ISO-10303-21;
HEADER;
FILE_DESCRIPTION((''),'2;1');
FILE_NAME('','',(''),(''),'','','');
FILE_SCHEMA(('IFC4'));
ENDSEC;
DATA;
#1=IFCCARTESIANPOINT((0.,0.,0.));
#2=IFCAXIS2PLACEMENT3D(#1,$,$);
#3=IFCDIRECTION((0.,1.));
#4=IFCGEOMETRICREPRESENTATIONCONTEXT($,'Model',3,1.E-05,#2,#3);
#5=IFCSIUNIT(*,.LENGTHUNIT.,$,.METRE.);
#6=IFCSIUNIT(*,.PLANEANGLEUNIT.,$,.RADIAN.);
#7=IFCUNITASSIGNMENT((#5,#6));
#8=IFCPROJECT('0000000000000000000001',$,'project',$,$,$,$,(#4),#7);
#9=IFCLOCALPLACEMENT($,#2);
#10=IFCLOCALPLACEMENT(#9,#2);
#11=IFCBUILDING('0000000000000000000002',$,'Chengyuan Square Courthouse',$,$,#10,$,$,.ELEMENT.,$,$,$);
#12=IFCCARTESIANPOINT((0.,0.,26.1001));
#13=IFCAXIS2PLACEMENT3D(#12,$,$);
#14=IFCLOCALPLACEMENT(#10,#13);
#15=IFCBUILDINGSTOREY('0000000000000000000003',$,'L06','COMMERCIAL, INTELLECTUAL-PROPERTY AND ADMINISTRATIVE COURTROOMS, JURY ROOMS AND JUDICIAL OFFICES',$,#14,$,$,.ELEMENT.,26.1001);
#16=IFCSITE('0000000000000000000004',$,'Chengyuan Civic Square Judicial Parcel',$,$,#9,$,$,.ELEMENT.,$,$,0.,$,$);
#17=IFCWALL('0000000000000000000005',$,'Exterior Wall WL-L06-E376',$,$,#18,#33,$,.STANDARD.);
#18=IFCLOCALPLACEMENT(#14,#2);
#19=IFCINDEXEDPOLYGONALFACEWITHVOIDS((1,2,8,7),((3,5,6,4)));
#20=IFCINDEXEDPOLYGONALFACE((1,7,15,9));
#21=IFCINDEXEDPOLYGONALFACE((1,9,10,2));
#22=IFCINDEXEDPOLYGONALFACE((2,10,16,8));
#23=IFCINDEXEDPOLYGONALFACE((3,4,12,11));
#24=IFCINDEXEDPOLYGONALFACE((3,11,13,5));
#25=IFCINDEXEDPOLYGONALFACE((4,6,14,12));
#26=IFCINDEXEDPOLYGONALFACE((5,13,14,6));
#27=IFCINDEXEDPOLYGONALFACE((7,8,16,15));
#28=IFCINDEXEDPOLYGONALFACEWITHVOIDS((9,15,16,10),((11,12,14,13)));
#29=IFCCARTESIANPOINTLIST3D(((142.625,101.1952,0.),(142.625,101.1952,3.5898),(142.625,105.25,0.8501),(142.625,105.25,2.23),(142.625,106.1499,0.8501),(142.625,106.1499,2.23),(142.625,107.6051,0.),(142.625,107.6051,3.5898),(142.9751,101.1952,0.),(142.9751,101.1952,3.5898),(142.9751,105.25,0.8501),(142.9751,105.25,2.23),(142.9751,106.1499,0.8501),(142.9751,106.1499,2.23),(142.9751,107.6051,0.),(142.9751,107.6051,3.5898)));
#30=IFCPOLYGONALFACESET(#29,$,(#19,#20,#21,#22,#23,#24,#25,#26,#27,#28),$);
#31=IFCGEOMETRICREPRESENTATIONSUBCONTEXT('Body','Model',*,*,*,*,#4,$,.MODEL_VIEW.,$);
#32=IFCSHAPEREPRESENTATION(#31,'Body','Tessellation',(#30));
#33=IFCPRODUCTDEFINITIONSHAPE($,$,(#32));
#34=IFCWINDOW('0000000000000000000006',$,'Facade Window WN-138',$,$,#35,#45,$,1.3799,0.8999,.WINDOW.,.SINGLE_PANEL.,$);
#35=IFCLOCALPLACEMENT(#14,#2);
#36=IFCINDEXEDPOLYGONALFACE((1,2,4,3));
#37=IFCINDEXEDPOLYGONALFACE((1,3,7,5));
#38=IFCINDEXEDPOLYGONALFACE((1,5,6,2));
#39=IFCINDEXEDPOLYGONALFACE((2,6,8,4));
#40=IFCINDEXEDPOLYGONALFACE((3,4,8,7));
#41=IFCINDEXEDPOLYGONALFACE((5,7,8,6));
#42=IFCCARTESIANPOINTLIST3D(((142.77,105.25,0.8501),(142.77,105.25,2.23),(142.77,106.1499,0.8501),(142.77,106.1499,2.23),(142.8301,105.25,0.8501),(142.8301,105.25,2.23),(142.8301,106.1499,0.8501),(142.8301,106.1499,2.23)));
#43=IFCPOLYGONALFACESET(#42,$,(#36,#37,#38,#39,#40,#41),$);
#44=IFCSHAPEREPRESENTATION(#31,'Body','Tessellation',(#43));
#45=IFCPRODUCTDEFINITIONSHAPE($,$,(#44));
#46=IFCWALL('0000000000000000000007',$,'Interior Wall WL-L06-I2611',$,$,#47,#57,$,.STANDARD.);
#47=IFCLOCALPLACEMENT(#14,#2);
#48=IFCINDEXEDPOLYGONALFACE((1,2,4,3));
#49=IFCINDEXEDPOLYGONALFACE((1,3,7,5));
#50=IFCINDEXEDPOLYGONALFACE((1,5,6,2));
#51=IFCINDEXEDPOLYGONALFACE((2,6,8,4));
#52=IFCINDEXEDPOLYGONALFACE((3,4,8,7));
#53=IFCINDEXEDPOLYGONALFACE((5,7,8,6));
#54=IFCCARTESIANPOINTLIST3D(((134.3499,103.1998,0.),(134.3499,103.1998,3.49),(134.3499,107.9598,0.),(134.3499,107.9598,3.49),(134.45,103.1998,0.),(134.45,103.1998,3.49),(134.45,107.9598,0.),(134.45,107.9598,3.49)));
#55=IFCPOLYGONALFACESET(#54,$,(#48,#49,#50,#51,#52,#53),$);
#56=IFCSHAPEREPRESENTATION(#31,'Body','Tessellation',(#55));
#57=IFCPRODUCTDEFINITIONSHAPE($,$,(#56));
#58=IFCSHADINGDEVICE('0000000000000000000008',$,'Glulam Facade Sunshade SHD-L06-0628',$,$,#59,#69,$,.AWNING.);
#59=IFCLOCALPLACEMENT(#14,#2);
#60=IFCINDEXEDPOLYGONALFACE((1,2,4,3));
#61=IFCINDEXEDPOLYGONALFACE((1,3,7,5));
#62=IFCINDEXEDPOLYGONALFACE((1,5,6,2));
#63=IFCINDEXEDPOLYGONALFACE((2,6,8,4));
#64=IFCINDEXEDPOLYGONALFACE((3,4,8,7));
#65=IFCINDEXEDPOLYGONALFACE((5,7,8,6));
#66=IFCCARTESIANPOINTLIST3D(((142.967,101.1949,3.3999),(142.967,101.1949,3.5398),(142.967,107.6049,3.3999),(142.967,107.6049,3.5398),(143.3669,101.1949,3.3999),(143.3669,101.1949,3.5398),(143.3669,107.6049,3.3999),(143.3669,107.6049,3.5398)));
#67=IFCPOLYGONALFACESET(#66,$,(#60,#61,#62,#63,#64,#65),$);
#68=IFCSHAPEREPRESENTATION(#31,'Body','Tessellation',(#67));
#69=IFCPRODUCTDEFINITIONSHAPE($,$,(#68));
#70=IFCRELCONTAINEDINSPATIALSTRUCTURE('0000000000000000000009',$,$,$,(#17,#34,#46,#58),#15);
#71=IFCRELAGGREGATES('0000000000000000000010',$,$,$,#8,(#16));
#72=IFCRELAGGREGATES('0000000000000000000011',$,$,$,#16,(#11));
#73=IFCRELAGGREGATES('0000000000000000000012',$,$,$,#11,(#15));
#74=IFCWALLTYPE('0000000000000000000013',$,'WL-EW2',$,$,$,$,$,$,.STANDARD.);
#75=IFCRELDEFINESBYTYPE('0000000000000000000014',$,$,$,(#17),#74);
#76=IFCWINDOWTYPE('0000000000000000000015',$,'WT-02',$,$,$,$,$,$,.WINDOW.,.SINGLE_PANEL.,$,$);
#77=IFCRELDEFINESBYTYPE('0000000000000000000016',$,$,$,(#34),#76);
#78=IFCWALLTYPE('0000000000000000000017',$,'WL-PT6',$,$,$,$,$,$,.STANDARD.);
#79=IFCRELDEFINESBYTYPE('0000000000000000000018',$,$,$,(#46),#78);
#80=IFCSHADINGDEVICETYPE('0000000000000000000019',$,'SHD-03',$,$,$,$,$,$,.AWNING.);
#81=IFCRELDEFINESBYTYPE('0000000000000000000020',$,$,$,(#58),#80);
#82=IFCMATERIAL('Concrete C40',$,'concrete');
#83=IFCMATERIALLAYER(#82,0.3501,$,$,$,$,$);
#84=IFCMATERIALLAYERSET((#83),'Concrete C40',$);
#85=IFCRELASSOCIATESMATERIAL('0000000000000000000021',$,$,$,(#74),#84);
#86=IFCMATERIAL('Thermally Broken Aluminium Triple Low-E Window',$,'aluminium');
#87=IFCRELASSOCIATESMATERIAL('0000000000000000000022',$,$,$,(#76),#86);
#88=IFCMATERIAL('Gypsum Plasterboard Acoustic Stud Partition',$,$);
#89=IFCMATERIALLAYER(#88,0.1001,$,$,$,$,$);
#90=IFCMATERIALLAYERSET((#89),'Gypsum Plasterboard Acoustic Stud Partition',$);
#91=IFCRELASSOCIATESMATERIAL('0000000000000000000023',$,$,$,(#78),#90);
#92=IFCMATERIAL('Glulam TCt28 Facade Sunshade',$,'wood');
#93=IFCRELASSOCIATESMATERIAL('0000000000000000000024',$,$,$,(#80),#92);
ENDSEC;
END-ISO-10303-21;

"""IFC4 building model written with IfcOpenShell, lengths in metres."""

from ifc_helpers import new_model, si_unit, direction, frame, frame_2d, origin, origin_2d, place, context, subcontext, project, spatial, rectangle, extrude, material, layer, layer_set, type_object, element, fill, save


model = new_model("IFC4")

# Units and contexts
model_context = context("Model", 3, precision=1e-05, world=origin(), true_north=direction((0.0, 1.0)))
body_context = subcontext(model_context, "Body", "Model", "MODEL_VIEW")
ifc_project = project(units=[si_unit("LENGTHUNIT", "METRE"), si_unit("PLANEANGLEUNIT", "RADIAN")], contexts=[model_context])

# Site, building, storey
site_placement = place(None, origin())
site = spatial("IfcSite", under=ifc_project, at=site_placement, Name="Chengyuan Civic Square Judicial Parcel", CompositionType="ELEMENT", RefElevation=0.0)
building_placement = place(site_placement, origin())
building = spatial("IfcBuilding", under=site, at=building_placement, Name="Chengyuan Square Courthouse", CompositionType="ELEMENT")
storey_placement = place(building_placement, frame((0.0, 0.0, 26.1001)))
storey = spatial("IfcBuildingStorey", under=building, at=storey_placement, Name="L06", Description="COMMERCIAL, INTELLECTUAL-PROPERTY AND ADMINISTRATIVE COURTROOMS, JURY ROOMS AND JUDICIAL OFFICES", CompositionType="ELEMENT", Elevation=26.1001)

# Shared definitions
ifc_material_1 = material(Name="Concrete C40", Category="concrete")

# Wall, opening, window
ifc_layer_1 = layer(ifc_material_1, 0.3501)
ifc_layer_set_1 = layer_set([ifc_layer_1], Name="Concrete C40")
wall_type_1 = type_object("IfcWallType", Name="WL-EW2", PredefinedType="STANDARD", material=ifc_layer_set_1)
ifc_material_2 = material(Name="Thermally Broken Aluminium Triple Low-E Window", Category="aluminium")
wall_1_placement = place(storey_placement, frame((142.8, 101.1951, 0.0), z_axis=(0.0, 0.0, 1.0), x_axis=(0.0, 1.0, 0.0)))
wall_1 = element("IfcWall", 1, at=wall_1_placement, inside=storey, type_object=wall_type_1, Name="Exterior Wall WL-L06-E376", PredefinedType="STANDARD", context=body_context, shape_type="SweptSolid", body=[
    extrude(rectangle(XDim=6.4099, YDim=0.3501, at=frame_2d((3.2051, 0.0))), origin(), (0.0, 0.0, 1.0), 3.5898),
])
opening_1_placement = place(wall_1_placement, frame((4.0549, 0.0, 0.8501)))
opening_1 = element("IfcOpeningElement", 2, at=opening_1_placement, cuts=wall_1, PredefinedType="OPENING", context=body_context, shape_type="SweptSolid", body=[
    extrude(rectangle(XDim=0.8999, YDim=1.3799, at=frame_2d((0.45, 0.6899))), frame((0.0, 0.187, 0.0), z_axis=(0.0, -1.0, 0.0), x_axis=(1.0, 0.0, 0.0)), (0.0, 0.0, 1.0), 0.374),
])
window_type_1 = type_object("IfcWindowType", Name="WT-02", PartitioningType="SINGLE_PANEL", PredefinedType="WINDOW", material=ifc_material_2)
window_1_placement = place(opening_1_placement, origin())
window_1 = element("IfcWindow", 3, at=window_1_placement, inside=storey, type_object=window_type_1, Name="Facade Window WN-138", OverallHeight=1.3799, OverallWidth=0.8999, PartitioningType="SINGLE_PANEL", PredefinedType="WINDOW", context=body_context, shape_type="SweptSolid", body=[
    extrude(rectangle(XDim=0.8999, YDim=1.3799, at=frame_2d((0.45, 0.6899))), frame((0.0, 0.03, 0.0), z_axis=(0.0, -1.0, 0.0), x_axis=(1.0, 0.0, 0.0)), (0.0, 0.0, 1.0), 0.0601),
])
fill(opening_1, window_1)

# Wall
ifc_material_3 = material(Name="Gypsum Plasterboard Acoustic Stud Partition")
ifc_layer_2 = layer(ifc_material_3, 0.1001)
ifc_layer_set_2 = layer_set([ifc_layer_2], Name="Gypsum Plasterboard Acoustic Stud Partition")
wall_type_2 = type_object("IfcWallType", Name="WL-PT6", PredefinedType="STANDARD", material=ifc_layer_set_2)
wall_2_placement = place(storey_placement, frame((134.3999, 103.2, 0.0), z_axis=(0.0, 0.0, 1.0), x_axis=(0.0, 1.0, 0.0)))
element("IfcWall", 4, at=wall_2_placement, inside=storey, type_object=wall_type_2, Name="Interior Wall WL-L06-I2611", PredefinedType="STANDARD", context=body_context, shape_type="SweptSolid", body=[
    extrude(rectangle(XDim=4.76, YDim=0.1001, at=frame_2d((2.3799, 0.0))), origin(), (0.0, 0.0, 1.0), 3.49),
])

# Shading device
ifc_material_4 = material(Name="Glulam TCt28 Facade Sunshade", Category="wood")
shading_device_type = type_object("IfcShadingDeviceType", Name="SHD-03", PredefinedType="AWNING", material=ifc_material_4)
shading_device_placement = place(storey_placement, frame((143.167, 104.3999, 3.3999), z_axis=(0.0, 0.0, 1.0), x_axis=(0.0, 1.0, 0.0)))
element("IfcShadingDevice", 5, at=shading_device_placement, inside=storey, type_object=shading_device_type, Name="Glulam Facade Sunshade SHD-L06-0628", PredefinedType="AWNING", context=body_context, shape_type="SweptSolid", body=[
    extrude(rectangle(XDim=6.4099, YDim=0.3999, at=origin_2d()), origin(), (0.0, 0.0, 1.0), 0.1399),
])

save(model, "model.ifc")
